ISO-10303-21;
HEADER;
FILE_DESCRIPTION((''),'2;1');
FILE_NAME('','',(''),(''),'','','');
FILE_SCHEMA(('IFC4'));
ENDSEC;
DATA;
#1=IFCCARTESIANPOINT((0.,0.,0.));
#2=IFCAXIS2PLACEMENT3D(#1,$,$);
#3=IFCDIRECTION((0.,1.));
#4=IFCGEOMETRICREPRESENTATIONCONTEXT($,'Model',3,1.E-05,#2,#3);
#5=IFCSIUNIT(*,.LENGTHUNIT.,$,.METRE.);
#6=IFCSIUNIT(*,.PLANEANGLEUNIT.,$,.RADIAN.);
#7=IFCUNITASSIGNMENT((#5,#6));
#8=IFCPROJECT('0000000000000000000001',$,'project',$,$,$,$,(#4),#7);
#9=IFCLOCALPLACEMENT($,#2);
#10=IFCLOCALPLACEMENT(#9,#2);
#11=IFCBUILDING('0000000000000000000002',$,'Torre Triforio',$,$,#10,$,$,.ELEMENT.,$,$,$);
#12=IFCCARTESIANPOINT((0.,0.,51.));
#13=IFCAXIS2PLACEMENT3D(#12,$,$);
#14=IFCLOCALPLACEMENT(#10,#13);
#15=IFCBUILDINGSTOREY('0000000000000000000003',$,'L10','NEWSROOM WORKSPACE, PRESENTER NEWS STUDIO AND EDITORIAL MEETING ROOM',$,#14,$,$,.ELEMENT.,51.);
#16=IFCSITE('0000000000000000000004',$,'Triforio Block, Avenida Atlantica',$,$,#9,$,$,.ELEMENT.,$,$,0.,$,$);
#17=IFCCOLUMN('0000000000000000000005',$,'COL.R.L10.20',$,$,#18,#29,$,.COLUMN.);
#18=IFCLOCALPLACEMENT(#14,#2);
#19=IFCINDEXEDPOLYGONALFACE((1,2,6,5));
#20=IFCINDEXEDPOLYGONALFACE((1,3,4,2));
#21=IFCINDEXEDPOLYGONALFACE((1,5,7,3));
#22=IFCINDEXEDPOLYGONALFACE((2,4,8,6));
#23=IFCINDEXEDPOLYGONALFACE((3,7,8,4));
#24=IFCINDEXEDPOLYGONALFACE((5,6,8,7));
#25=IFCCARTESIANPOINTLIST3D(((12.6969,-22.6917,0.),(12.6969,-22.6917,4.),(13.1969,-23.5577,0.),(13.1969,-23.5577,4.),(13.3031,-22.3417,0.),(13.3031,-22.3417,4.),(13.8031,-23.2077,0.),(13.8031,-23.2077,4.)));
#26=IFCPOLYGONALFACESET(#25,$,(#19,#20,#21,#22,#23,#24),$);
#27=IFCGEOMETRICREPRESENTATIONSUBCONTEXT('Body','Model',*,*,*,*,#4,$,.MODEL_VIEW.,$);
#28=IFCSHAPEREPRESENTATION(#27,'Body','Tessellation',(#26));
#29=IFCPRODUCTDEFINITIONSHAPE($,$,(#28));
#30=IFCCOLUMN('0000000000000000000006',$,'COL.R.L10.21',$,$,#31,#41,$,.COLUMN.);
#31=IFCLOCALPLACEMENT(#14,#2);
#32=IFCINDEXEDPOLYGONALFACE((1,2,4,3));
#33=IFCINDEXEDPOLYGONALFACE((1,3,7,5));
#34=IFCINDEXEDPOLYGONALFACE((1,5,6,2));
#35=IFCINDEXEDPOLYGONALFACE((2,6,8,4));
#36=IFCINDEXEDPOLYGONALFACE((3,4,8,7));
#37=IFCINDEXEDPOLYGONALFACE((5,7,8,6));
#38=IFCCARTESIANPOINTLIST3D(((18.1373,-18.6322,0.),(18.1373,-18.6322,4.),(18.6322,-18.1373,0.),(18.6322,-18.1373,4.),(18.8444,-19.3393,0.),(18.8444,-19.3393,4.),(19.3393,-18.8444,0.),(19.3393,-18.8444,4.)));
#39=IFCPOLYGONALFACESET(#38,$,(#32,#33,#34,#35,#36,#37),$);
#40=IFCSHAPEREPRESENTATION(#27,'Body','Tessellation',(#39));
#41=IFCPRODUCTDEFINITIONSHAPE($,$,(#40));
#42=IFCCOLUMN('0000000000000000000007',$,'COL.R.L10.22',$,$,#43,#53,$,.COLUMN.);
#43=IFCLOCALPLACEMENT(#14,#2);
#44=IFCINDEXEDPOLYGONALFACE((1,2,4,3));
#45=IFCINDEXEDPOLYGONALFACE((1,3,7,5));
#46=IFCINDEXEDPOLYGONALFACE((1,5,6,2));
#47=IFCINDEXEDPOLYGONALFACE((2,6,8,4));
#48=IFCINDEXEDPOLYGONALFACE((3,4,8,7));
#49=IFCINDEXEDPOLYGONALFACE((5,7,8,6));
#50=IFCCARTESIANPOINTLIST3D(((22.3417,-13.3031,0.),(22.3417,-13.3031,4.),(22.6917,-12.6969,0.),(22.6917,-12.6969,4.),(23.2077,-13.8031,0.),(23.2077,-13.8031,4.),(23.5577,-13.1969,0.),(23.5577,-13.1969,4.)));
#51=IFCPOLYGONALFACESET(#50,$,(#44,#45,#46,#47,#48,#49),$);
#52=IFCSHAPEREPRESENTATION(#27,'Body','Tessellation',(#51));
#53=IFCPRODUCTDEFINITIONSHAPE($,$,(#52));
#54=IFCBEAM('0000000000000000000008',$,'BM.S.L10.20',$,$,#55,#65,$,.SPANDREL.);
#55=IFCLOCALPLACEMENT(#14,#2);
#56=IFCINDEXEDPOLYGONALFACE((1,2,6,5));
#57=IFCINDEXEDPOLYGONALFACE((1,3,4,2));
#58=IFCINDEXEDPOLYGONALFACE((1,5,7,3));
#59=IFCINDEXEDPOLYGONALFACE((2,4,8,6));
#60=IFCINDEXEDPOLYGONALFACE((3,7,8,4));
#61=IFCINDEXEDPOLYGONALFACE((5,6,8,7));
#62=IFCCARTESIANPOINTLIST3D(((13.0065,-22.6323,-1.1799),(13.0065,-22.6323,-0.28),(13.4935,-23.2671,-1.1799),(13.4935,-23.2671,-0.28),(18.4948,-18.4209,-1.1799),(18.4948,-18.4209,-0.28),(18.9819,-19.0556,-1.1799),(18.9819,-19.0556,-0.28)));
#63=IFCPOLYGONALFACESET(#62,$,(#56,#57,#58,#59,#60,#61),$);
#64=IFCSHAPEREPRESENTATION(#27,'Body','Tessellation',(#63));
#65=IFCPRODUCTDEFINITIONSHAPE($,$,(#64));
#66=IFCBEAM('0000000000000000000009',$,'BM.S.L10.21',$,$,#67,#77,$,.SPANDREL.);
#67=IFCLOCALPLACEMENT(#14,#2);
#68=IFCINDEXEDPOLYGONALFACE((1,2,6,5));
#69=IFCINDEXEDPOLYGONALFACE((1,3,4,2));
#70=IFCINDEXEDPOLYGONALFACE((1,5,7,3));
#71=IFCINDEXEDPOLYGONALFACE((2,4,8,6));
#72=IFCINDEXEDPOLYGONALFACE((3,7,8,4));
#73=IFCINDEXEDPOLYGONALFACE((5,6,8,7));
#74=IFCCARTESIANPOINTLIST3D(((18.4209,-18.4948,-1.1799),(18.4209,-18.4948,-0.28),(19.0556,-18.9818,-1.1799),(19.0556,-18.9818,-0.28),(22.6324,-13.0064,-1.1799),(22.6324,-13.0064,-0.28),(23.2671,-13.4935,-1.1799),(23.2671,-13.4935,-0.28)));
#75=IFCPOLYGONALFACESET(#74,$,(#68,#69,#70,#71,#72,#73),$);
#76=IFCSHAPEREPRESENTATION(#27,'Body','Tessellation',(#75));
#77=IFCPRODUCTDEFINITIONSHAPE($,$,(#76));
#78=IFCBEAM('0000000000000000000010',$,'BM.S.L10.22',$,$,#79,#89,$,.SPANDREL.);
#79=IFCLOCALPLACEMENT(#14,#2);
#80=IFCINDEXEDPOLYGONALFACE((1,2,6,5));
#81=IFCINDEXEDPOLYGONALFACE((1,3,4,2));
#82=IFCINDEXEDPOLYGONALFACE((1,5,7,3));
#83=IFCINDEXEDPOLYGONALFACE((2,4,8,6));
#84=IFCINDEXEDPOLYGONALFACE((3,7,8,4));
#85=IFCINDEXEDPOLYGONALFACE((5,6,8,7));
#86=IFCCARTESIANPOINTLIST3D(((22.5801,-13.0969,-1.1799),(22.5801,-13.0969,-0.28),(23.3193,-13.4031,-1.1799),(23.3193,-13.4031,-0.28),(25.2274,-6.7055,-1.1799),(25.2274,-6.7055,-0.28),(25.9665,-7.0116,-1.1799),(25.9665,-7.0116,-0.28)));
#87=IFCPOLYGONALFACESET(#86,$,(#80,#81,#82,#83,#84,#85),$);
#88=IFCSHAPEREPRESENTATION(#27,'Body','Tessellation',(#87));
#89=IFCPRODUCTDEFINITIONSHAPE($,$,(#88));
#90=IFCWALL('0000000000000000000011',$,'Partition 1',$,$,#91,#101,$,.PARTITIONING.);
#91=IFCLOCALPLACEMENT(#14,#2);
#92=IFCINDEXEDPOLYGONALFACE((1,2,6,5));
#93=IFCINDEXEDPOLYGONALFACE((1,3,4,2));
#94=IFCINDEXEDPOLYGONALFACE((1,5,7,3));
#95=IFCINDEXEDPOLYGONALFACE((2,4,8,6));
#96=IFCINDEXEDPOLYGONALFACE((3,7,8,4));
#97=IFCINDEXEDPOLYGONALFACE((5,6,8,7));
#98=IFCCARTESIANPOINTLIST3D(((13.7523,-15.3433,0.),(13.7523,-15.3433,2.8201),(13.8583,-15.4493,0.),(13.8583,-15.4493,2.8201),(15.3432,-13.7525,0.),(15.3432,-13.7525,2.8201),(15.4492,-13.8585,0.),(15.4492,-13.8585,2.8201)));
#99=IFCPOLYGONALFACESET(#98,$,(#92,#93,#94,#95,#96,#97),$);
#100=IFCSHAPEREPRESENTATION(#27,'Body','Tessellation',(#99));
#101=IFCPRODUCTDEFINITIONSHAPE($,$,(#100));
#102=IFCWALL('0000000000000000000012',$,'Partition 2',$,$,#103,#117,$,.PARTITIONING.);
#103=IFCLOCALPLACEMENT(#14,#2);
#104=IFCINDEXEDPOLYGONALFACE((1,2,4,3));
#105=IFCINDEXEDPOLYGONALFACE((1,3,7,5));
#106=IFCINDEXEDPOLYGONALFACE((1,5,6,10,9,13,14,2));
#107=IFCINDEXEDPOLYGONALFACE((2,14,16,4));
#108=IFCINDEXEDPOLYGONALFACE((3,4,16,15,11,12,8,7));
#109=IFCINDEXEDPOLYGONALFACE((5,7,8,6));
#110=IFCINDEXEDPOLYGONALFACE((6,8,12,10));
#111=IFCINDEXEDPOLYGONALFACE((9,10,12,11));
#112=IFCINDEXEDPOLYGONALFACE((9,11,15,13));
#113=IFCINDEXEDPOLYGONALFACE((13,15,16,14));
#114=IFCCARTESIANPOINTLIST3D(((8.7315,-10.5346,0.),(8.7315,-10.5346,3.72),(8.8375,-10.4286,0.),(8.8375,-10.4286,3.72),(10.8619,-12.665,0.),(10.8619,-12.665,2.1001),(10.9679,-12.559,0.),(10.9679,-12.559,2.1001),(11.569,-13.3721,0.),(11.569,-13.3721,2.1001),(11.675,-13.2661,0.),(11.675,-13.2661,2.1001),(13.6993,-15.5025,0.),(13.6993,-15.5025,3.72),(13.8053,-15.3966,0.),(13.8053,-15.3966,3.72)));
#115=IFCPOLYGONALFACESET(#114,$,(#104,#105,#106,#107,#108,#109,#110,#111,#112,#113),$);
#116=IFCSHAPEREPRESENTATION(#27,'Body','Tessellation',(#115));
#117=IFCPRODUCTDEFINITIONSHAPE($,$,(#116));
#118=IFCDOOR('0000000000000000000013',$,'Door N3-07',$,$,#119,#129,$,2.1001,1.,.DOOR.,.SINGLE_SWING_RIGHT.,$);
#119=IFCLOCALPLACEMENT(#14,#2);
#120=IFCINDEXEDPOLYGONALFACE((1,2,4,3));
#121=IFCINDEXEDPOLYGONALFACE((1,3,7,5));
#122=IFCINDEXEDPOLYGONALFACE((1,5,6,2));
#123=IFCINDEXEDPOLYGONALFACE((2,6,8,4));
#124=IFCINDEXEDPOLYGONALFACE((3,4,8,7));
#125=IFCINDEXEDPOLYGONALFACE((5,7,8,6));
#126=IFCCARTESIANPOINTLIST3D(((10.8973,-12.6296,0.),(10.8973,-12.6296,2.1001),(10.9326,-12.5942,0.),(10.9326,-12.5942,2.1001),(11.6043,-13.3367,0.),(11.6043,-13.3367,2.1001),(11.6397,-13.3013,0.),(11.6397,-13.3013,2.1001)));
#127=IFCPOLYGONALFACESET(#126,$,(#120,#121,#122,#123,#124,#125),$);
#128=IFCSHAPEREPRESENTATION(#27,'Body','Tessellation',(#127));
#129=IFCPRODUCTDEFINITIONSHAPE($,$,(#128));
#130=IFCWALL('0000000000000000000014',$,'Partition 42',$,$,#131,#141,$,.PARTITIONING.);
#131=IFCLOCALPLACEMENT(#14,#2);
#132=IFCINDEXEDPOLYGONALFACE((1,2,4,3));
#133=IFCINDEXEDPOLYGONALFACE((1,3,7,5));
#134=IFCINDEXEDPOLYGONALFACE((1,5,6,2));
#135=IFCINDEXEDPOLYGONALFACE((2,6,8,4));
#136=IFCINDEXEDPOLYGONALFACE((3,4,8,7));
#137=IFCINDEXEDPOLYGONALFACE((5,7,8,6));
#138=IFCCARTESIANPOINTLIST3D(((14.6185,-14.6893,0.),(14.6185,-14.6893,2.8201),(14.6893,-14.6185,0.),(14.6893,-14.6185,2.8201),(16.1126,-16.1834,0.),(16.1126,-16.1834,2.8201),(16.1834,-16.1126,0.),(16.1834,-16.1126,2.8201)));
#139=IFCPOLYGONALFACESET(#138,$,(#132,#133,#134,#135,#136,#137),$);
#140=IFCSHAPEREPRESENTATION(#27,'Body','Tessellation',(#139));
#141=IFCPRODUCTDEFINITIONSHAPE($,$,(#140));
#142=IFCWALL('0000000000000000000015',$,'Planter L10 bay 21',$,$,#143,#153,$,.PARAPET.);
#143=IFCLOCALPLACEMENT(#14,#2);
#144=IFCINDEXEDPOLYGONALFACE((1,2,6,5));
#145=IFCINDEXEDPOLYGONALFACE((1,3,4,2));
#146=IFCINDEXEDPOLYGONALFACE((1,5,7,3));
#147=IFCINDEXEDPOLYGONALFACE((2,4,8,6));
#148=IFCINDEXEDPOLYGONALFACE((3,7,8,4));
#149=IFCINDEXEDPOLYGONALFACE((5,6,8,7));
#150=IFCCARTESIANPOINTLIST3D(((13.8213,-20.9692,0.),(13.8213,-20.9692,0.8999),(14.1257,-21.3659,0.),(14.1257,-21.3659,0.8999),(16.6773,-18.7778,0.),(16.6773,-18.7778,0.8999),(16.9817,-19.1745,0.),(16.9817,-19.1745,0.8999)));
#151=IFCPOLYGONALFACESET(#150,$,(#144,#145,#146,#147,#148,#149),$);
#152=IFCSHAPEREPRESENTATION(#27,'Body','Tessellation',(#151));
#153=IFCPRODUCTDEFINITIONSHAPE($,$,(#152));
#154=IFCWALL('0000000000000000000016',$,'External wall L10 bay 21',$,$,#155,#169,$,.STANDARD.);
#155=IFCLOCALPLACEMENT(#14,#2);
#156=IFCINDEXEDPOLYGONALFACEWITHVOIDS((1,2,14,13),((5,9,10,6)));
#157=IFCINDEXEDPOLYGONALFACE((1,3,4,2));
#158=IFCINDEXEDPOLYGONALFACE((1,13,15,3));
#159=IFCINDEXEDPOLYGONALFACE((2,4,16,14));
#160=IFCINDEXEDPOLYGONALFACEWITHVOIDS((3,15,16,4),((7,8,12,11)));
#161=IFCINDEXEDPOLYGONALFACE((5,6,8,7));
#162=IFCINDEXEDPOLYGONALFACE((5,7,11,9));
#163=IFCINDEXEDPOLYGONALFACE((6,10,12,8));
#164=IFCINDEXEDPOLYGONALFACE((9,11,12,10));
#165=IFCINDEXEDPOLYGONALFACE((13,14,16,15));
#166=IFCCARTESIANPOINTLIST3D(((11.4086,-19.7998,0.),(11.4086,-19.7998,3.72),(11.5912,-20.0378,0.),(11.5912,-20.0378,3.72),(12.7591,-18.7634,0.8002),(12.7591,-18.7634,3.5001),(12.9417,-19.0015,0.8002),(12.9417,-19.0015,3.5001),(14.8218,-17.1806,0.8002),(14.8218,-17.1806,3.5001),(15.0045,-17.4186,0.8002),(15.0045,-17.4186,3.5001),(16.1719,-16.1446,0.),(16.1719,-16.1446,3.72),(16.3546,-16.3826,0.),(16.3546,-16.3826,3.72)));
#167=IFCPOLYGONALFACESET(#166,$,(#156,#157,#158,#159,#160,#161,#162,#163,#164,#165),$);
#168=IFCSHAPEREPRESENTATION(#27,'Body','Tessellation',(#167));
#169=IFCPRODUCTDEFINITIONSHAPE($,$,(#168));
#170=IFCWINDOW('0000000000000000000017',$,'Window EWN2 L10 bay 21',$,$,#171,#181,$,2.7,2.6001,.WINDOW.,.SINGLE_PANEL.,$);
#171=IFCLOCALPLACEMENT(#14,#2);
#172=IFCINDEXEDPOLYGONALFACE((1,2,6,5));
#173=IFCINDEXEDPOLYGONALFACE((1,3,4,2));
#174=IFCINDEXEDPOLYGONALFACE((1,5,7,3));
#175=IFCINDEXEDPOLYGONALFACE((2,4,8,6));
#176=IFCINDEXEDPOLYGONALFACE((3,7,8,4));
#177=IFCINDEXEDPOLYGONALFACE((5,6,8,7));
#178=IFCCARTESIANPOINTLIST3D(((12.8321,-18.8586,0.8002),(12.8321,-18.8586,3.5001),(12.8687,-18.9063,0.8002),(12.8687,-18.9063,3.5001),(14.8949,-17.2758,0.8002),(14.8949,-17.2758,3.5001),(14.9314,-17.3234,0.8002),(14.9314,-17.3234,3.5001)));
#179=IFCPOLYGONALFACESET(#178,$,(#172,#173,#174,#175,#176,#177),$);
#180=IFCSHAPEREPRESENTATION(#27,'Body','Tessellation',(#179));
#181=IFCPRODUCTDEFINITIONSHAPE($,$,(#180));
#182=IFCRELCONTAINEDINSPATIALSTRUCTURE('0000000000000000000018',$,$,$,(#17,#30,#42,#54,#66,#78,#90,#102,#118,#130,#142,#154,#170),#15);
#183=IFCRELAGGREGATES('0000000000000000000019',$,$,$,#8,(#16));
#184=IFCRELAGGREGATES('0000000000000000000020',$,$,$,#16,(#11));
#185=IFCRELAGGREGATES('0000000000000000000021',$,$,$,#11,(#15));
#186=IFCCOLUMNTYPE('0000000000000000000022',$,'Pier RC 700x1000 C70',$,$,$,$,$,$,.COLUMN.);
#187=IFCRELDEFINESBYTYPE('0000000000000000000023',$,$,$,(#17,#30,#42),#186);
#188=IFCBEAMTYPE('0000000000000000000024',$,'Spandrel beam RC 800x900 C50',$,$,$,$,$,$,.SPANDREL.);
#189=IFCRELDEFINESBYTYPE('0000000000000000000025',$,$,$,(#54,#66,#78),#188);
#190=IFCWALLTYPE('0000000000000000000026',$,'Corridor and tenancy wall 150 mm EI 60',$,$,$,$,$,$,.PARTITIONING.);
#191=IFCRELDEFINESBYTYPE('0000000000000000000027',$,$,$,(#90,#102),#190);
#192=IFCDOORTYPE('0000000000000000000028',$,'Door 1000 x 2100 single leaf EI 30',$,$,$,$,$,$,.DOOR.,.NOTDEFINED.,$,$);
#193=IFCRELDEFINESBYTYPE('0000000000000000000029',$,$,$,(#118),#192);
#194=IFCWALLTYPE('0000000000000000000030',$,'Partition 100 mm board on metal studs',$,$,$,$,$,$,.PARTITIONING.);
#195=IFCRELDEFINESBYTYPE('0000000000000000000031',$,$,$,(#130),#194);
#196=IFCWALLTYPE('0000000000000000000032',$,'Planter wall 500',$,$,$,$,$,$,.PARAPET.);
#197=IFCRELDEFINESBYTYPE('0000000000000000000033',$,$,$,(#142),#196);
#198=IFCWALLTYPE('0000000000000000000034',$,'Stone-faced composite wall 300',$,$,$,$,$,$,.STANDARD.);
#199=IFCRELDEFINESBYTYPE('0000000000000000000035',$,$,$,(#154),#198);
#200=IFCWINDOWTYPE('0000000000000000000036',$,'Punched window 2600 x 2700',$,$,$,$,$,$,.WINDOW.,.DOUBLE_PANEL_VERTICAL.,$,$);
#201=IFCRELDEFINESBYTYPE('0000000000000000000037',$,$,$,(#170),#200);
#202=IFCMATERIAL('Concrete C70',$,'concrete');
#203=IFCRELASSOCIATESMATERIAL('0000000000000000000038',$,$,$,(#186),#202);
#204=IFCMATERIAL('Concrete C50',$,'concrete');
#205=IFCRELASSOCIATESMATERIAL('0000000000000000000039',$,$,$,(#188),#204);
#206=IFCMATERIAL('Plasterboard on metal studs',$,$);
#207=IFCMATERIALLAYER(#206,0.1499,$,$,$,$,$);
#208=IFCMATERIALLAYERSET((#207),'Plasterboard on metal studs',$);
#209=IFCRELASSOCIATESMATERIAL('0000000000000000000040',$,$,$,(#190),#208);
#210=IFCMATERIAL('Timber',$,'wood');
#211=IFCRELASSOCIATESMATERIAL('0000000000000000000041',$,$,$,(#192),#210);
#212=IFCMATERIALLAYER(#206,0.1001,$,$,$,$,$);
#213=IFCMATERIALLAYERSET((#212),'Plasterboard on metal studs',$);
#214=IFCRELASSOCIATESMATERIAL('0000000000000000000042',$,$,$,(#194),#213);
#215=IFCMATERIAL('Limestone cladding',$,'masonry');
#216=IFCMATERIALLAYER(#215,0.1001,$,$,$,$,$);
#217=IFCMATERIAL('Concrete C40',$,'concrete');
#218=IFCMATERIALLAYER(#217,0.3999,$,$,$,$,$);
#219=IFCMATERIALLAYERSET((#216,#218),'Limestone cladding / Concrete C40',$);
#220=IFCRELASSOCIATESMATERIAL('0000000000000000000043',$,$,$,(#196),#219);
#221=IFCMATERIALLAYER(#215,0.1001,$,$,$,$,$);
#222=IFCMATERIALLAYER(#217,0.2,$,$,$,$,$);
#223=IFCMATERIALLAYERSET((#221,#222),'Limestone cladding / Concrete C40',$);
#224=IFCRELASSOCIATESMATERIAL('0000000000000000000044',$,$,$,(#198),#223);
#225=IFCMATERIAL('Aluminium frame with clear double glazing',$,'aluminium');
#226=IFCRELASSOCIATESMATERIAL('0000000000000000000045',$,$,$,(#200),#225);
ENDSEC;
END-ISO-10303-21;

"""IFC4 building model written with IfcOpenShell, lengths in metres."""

from ifc_helpers import new_model, si_unit, direction, frame, frame_2d, origin, origin_2d, place, context, subcontext, project, spatial, rectangle, extrude, material, layer, layer_set, material_profile, profile_set, type_object, element, fill, save


model = new_model("IFC4")

# Units and contexts
model_context = context("Model", 3, precision=1e-05, world=origin(), true_north=direction((0.0, 1.0)))
body_context = subcontext(model_context, "Body", "Model", "MODEL_VIEW")
ifc_project = project(units=[si_unit("LENGTHUNIT", "METRE"), si_unit("PLANEANGLEUNIT", "RADIAN")], contexts=[model_context])

# Site, building, storey
site_placement = place(None, origin())
site = spatial("IfcSite", under=ifc_project, at=site_placement, Name="Triforio Block, Avenida Atlantica", CompositionType="ELEMENT", RefElevation=0.0)
building_placement = place(site_placement, origin())
building = spatial("IfcBuilding", under=site, at=building_placement, Name="Torre Triforio", CompositionType="ELEMENT")
storey_placement = place(building_placement, frame((0.0, 0.0, 51.0)))
storey = spatial("IfcBuildingStorey", under=building, at=storey_placement, Name="L10", Description="NEWSROOM WORKSPACE, PRESENTER NEWS STUDIO AND EDITORIAL MEETING ROOM", CompositionType="ELEMENT", Elevation=51.0)

# Columns
ifc_material_1 = material(Name="Concrete C70", Category="concrete")
ifc_material_profile_1 = material_profile(ifc_material_1, rectangle(XDim=0.7, YDim=1.0, at=origin_2d()), Name="RC 700x1000")
ifc_profile_set_1 = profile_set([ifc_material_profile_1], Name="Concrete C70")
column_type = type_object("IfcColumnType", Name="Pier RC 700x1000 C70", PredefinedType="COLUMN", material=ifc_profile_set_1)
for number, where, z_axis, x_axis, name in (
    (1, (13.25, -22.9497, 0.0), (0.0, 0.0, 1.0), (0.866025, 0.5, 0.0), "COL.R.L10.20"),
    (2, (18.7383, -18.7383, 0.0), (0.0, 0.0, 1.0), (0.707107, 0.707107, 0.0), "COL.R.L10.21"),
    (3, (22.9497, -13.25, 0.0), (0.0, 0.0, 1.0), (0.5, 0.866025, 0.0), "COL.R.L10.22"),
):
    element("IfcColumn", number, at=place(storey_placement, frame(where, z_axis=z_axis, x_axis=x_axis)), inside=storey, type_object=column_type, Name=name, PredefinedType="COLUMN", context=body_context, shape_type="SweptSolid", body=[
        extrude(rectangle(XDim=0.7, YDim=1.0, at=origin_2d()), origin(), (0.0, 0.0, 1.0), 4.0),
    ])

# Beams
ifc_material_2 = material(Name="Concrete C50", Category="concrete")
ifc_material_profile_2 = material_profile(ifc_material_2, rectangle(XDim=0.8, YDim=0.8999, at=origin_2d()), Name="RC 800x900")
ifc_profile_set_2 = profile_set([ifc_material_profile_2], Name="Concrete C50")
beam_type = type_object("IfcBeamType", Name="Spandrel beam RC 800x900 C50", PredefinedType="SPANDREL", material=ifc_profile_set_2)
for number, where, z_axis, x_axis, name in (
    (4, (13.25, -22.9497, -0.73), (0.793345, 0.608772, 0.0), (-0.608772, 0.793345, 0.0), "BM.S.L10.20"),
    (5, (18.7383, -18.7383, -0.73), (0.608772, 0.793345, 0.0), (-0.793345, 0.608772, 0.0), "BM.S.L10.21"),
    (6, (22.9497, -13.25, -0.73), (0.382662, 0.923888, 0.0), (-0.923888, 0.382662, 0.0), "BM.S.L10.22"),
):
    element("IfcBeam", number, at=place(storey_placement, frame(where, z_axis=z_axis, x_axis=x_axis)), inside=storey, type_object=beam_type, Name=name, PredefinedType="SPANDREL", context=body_context, shape_type="SweptSolid", body=[
        extrude(rectangle(XDim=0.8, YDim=0.8999, at=origin_2d()), origin(), (0.0, 0.0, 1.0), 6.918),
    ])

# Wall
ifc_material_3 = material(Name="Plasterboard on metal studs")
ifc_layer_1 = layer(ifc_material_3, 0.1499)
ifc_layer_set_1 = layer_set([ifc_layer_1], Name="Plasterboard on metal studs")
wall_type_1 = type_object("IfcWallType", Name="Corridor and tenancy wall 150 mm EI 60", PredefinedType="PARTITIONING", material=ifc_layer_set_1)
wall_1_placement = place(storey_placement, frame((15.3962, -13.8054, 0.0), z_axis=(0.0, 0.0, 1.0), x_axis=(-0.707107, -0.707107, 0.0)))
element("IfcWall", 7, at=wall_1_placement, inside=storey, type_object=wall_type_1, Name="Partition 1", PredefinedType="PARTITIONING", context=body_context, shape_type="SweptSolid", body=[
    extrude(rectangle(XDim=2.2498, YDim=0.1499, at=frame_2d((1.125, 0.0))), origin(), (0.0, 0.0, 1.0), 2.8201),
])

# Wall, opening, door
wall_2_placement = place(storey_placement, frame((13.7522, -15.4495, 0.0), z_axis=(0.0, 0.0, 1.0), x_axis=(-0.707089, 0.707124, 0.0)))
wall_2 = element("IfcWall", 8, at=wall_2_placement, inside=storey, type_object=wall_type_1, Name="Partition 2", PredefinedType="PARTITIONING", context=body_context, shape_type="SweptSolid", body=[
    extrude(rectangle(XDim=7.0256, YDim=0.1499, at=frame_2d((3.5127, 0.0))), origin(), (0.0, 0.0, 1.0), 3.72),
])
opening_1_placement = place(wall_2_placement, frame((3.0127, 0.0, 0.0)))
opening_1 = element("IfcOpeningElement", 9, at=opening_1_placement, cuts=wall_2, PredefinedType="OPENING", context=body_context, shape_type="SweptSolid", body=[
    extrude(rectangle(XDim=1.0, YDim=2.1001, at=frame_2d((0.5, 1.05))), frame((0.0, 0.085, 0.0), z_axis=(0.0, -1.0, 0.0), x_axis=(1.0, 0.0, 0.0)), (0.0, 0.0, 1.0), 0.1699),
])
ifc_material_4 = material(Name="Timber", Category="wood")
door_type_1 = type_object("IfcDoorType", Name="Door 1000 x 2100 single leaf EI 30", OperationType="NOTDEFINED", PredefinedType="DOOR", material=ifc_material_4)
door_1_placement = place(opening_1_placement, origin())
door_1 = element("IfcDoor", 10, at=door_1_placement, inside=storey, type_object=door_type_1, Name="Door N3-07", OperationType="SINGLE_SWING_RIGHT", OverallHeight=2.1001, OverallWidth=1.0, PredefinedType="DOOR", context=body_context, shape_type="SweptSolid", body=[
    extrude(rectangle(XDim=1.0, YDim=2.1001, at=frame_2d((0.5, 1.05))), frame((0.0, 0.0249, 0.0), z_axis=(0.0, -1.0, 0.0), x_axis=(1.0, 0.0, 0.0)), (0.0, 0.0, 1.0), 0.05),
])
fill(opening_1, door_1)

# Walls
ifc_layer_2 = layer(ifc_material_3, 0.1001)
ifc_layer_set_2 = layer_set([ifc_layer_2], Name="Plasterboard on metal studs")
wall_type_2 = type_object("IfcWallType", Name="Partition 100 mm board on metal studs", PredefinedType="PARTITIONING", material=ifc_layer_set_2)
wall_3_placement = place(storey_placement, frame((14.6538, -14.6538, 0.0), z_axis=(0.0, 0.0, 1.0), x_axis=(0.707107, -0.707107, 0.0)))
element("IfcWall", 11, at=wall_3_placement, inside=storey, type_object=wall_type_2, Name="Partition 42", PredefinedType="PARTITIONING", context=body_context, shape_type="SweptSolid", body=[
    extrude(rectangle(XDim=2.113, YDim=0.1001, at=frame_2d((1.0566, 0.0))), origin(), (0.0, 0.0, 1.0), 2.8201),
])
ifc_material_5 = material(Name="Limestone cladding", Category="masonry")
ifc_layer_3 = layer(ifc_material_5, 0.1001)
ifc_material_6 = material(Name="Concrete C40", Category="concrete")
ifc_layer_4 = layer(ifc_material_6, 0.3999)
ifc_layer_set_3 = layer_set([ifc_layer_3, ifc_layer_4], Name="Limestone cladding / Concrete C40")
wall_type_3 = type_object("IfcWallType", Name="Planter wall 500", PredefinedType="PARAPET", material=ifc_layer_set_3)
wall_4_placement = place(storey_placement, frame((13.9736, -21.1675, 0.0), z_axis=(0.0, 0.0, 1.0), x_axis=(0.79336, 0.608753, 0.0)))
element("IfcWall", 12, at=wall_4_placement, inside=storey, type_object=wall_type_3, Name="Planter L10 bay 21", PredefinedType="PARAPET", context=body_context, shape_type="SweptSolid", body=[
    extrude(rectangle(XDim=3.5999, YDim=0.5, at=frame_2d((1.7998, 0.0))), origin(), (0.0, 0.0, 1.0), 0.8999),
])

# Wall, opening, window
ifc_layer_5 = layer(ifc_material_5, 0.1001)
ifc_layer_6 = layer(ifc_material_6, 0.2)
ifc_layer_set_4 = layer_set([ifc_layer_5, ifc_layer_6], Name="Limestone cladding / Concrete C40")
wall_type_4 = type_object("IfcWallType", Name="Stone-faced composite wall 300", PredefinedType="STANDARD", material=ifc_layer_set_4)
wall_5_placement = place(storey_placement, frame((11.5, -19.9187, 0.0), z_axis=(0.0, 0.0, 1.0), x_axis=(0.79334, 0.608779, 0.0)))
wall_5 = element("IfcWall", 13, at=wall_5_placement, inside=storey, type_object=wall_type_4, Name="External wall L10 bay 21", PredefinedType="STANDARD", context=body_context, shape_type="SweptSolid", body=[
    extrude(rectangle(XDim=6.0042, YDim=0.3, at=frame_2d((3.002, 0.0))), origin(), (0.0, 0.0, 1.0), 3.72),
])
opening_2_placement = place(wall_5_placement, frame((1.7021, 0.0, 0.8)))
opening_2 = element("IfcOpeningElement", 14, at=opening_2_placement, cuts=wall_5, PredefinedType="OPENING", context=body_context, shape_type="SweptSolid", body=[
    extrude(rectangle(XDim=2.6001, YDim=2.7, at=frame_2d((1.3, 1.3501))), frame((0.0, 0.1599, 0.0), z_axis=(0.0, -1.0, 0.0), x_axis=(1.0, 0.0, 0.0)), (0.0, 0.0, 1.0), 0.3201),
])
ifc_material_7 = material(Name="Aluminium frame with clear double glazing", Category="aluminium")
window_type_1 = type_object("IfcWindowType", Name="Punched window 2600 x 2700", PartitioningType="DOUBLE_PANEL_VERTICAL", PredefinedType="WINDOW", material=ifc_material_7)
window_1_placement = place(opening_2_placement, origin())
window_1 = element("IfcWindow", 15, at=window_1_placement, inside=storey, type_object=window_type_1, Name="Window EWN2 L10 bay 21", OverallHeight=2.7, OverallWidth=2.6001, PartitioningType="SINGLE_PANEL", PredefinedType="WINDOW", context=body_context, shape_type="SweptSolid", body=[
    extrude(rectangle(XDim=2.6001, YDim=2.7, at=frame_2d((1.3, 1.3501))), frame((0.0, 0.03, 0.0), z_axis=(0.0, -1.0, 0.0), x_axis=(1.0, 0.0, 0.0)), (0.0, 0.0, 1.0), 0.0601),
])
fill(opening_2, window_1)

save(model, "model.ifc")
